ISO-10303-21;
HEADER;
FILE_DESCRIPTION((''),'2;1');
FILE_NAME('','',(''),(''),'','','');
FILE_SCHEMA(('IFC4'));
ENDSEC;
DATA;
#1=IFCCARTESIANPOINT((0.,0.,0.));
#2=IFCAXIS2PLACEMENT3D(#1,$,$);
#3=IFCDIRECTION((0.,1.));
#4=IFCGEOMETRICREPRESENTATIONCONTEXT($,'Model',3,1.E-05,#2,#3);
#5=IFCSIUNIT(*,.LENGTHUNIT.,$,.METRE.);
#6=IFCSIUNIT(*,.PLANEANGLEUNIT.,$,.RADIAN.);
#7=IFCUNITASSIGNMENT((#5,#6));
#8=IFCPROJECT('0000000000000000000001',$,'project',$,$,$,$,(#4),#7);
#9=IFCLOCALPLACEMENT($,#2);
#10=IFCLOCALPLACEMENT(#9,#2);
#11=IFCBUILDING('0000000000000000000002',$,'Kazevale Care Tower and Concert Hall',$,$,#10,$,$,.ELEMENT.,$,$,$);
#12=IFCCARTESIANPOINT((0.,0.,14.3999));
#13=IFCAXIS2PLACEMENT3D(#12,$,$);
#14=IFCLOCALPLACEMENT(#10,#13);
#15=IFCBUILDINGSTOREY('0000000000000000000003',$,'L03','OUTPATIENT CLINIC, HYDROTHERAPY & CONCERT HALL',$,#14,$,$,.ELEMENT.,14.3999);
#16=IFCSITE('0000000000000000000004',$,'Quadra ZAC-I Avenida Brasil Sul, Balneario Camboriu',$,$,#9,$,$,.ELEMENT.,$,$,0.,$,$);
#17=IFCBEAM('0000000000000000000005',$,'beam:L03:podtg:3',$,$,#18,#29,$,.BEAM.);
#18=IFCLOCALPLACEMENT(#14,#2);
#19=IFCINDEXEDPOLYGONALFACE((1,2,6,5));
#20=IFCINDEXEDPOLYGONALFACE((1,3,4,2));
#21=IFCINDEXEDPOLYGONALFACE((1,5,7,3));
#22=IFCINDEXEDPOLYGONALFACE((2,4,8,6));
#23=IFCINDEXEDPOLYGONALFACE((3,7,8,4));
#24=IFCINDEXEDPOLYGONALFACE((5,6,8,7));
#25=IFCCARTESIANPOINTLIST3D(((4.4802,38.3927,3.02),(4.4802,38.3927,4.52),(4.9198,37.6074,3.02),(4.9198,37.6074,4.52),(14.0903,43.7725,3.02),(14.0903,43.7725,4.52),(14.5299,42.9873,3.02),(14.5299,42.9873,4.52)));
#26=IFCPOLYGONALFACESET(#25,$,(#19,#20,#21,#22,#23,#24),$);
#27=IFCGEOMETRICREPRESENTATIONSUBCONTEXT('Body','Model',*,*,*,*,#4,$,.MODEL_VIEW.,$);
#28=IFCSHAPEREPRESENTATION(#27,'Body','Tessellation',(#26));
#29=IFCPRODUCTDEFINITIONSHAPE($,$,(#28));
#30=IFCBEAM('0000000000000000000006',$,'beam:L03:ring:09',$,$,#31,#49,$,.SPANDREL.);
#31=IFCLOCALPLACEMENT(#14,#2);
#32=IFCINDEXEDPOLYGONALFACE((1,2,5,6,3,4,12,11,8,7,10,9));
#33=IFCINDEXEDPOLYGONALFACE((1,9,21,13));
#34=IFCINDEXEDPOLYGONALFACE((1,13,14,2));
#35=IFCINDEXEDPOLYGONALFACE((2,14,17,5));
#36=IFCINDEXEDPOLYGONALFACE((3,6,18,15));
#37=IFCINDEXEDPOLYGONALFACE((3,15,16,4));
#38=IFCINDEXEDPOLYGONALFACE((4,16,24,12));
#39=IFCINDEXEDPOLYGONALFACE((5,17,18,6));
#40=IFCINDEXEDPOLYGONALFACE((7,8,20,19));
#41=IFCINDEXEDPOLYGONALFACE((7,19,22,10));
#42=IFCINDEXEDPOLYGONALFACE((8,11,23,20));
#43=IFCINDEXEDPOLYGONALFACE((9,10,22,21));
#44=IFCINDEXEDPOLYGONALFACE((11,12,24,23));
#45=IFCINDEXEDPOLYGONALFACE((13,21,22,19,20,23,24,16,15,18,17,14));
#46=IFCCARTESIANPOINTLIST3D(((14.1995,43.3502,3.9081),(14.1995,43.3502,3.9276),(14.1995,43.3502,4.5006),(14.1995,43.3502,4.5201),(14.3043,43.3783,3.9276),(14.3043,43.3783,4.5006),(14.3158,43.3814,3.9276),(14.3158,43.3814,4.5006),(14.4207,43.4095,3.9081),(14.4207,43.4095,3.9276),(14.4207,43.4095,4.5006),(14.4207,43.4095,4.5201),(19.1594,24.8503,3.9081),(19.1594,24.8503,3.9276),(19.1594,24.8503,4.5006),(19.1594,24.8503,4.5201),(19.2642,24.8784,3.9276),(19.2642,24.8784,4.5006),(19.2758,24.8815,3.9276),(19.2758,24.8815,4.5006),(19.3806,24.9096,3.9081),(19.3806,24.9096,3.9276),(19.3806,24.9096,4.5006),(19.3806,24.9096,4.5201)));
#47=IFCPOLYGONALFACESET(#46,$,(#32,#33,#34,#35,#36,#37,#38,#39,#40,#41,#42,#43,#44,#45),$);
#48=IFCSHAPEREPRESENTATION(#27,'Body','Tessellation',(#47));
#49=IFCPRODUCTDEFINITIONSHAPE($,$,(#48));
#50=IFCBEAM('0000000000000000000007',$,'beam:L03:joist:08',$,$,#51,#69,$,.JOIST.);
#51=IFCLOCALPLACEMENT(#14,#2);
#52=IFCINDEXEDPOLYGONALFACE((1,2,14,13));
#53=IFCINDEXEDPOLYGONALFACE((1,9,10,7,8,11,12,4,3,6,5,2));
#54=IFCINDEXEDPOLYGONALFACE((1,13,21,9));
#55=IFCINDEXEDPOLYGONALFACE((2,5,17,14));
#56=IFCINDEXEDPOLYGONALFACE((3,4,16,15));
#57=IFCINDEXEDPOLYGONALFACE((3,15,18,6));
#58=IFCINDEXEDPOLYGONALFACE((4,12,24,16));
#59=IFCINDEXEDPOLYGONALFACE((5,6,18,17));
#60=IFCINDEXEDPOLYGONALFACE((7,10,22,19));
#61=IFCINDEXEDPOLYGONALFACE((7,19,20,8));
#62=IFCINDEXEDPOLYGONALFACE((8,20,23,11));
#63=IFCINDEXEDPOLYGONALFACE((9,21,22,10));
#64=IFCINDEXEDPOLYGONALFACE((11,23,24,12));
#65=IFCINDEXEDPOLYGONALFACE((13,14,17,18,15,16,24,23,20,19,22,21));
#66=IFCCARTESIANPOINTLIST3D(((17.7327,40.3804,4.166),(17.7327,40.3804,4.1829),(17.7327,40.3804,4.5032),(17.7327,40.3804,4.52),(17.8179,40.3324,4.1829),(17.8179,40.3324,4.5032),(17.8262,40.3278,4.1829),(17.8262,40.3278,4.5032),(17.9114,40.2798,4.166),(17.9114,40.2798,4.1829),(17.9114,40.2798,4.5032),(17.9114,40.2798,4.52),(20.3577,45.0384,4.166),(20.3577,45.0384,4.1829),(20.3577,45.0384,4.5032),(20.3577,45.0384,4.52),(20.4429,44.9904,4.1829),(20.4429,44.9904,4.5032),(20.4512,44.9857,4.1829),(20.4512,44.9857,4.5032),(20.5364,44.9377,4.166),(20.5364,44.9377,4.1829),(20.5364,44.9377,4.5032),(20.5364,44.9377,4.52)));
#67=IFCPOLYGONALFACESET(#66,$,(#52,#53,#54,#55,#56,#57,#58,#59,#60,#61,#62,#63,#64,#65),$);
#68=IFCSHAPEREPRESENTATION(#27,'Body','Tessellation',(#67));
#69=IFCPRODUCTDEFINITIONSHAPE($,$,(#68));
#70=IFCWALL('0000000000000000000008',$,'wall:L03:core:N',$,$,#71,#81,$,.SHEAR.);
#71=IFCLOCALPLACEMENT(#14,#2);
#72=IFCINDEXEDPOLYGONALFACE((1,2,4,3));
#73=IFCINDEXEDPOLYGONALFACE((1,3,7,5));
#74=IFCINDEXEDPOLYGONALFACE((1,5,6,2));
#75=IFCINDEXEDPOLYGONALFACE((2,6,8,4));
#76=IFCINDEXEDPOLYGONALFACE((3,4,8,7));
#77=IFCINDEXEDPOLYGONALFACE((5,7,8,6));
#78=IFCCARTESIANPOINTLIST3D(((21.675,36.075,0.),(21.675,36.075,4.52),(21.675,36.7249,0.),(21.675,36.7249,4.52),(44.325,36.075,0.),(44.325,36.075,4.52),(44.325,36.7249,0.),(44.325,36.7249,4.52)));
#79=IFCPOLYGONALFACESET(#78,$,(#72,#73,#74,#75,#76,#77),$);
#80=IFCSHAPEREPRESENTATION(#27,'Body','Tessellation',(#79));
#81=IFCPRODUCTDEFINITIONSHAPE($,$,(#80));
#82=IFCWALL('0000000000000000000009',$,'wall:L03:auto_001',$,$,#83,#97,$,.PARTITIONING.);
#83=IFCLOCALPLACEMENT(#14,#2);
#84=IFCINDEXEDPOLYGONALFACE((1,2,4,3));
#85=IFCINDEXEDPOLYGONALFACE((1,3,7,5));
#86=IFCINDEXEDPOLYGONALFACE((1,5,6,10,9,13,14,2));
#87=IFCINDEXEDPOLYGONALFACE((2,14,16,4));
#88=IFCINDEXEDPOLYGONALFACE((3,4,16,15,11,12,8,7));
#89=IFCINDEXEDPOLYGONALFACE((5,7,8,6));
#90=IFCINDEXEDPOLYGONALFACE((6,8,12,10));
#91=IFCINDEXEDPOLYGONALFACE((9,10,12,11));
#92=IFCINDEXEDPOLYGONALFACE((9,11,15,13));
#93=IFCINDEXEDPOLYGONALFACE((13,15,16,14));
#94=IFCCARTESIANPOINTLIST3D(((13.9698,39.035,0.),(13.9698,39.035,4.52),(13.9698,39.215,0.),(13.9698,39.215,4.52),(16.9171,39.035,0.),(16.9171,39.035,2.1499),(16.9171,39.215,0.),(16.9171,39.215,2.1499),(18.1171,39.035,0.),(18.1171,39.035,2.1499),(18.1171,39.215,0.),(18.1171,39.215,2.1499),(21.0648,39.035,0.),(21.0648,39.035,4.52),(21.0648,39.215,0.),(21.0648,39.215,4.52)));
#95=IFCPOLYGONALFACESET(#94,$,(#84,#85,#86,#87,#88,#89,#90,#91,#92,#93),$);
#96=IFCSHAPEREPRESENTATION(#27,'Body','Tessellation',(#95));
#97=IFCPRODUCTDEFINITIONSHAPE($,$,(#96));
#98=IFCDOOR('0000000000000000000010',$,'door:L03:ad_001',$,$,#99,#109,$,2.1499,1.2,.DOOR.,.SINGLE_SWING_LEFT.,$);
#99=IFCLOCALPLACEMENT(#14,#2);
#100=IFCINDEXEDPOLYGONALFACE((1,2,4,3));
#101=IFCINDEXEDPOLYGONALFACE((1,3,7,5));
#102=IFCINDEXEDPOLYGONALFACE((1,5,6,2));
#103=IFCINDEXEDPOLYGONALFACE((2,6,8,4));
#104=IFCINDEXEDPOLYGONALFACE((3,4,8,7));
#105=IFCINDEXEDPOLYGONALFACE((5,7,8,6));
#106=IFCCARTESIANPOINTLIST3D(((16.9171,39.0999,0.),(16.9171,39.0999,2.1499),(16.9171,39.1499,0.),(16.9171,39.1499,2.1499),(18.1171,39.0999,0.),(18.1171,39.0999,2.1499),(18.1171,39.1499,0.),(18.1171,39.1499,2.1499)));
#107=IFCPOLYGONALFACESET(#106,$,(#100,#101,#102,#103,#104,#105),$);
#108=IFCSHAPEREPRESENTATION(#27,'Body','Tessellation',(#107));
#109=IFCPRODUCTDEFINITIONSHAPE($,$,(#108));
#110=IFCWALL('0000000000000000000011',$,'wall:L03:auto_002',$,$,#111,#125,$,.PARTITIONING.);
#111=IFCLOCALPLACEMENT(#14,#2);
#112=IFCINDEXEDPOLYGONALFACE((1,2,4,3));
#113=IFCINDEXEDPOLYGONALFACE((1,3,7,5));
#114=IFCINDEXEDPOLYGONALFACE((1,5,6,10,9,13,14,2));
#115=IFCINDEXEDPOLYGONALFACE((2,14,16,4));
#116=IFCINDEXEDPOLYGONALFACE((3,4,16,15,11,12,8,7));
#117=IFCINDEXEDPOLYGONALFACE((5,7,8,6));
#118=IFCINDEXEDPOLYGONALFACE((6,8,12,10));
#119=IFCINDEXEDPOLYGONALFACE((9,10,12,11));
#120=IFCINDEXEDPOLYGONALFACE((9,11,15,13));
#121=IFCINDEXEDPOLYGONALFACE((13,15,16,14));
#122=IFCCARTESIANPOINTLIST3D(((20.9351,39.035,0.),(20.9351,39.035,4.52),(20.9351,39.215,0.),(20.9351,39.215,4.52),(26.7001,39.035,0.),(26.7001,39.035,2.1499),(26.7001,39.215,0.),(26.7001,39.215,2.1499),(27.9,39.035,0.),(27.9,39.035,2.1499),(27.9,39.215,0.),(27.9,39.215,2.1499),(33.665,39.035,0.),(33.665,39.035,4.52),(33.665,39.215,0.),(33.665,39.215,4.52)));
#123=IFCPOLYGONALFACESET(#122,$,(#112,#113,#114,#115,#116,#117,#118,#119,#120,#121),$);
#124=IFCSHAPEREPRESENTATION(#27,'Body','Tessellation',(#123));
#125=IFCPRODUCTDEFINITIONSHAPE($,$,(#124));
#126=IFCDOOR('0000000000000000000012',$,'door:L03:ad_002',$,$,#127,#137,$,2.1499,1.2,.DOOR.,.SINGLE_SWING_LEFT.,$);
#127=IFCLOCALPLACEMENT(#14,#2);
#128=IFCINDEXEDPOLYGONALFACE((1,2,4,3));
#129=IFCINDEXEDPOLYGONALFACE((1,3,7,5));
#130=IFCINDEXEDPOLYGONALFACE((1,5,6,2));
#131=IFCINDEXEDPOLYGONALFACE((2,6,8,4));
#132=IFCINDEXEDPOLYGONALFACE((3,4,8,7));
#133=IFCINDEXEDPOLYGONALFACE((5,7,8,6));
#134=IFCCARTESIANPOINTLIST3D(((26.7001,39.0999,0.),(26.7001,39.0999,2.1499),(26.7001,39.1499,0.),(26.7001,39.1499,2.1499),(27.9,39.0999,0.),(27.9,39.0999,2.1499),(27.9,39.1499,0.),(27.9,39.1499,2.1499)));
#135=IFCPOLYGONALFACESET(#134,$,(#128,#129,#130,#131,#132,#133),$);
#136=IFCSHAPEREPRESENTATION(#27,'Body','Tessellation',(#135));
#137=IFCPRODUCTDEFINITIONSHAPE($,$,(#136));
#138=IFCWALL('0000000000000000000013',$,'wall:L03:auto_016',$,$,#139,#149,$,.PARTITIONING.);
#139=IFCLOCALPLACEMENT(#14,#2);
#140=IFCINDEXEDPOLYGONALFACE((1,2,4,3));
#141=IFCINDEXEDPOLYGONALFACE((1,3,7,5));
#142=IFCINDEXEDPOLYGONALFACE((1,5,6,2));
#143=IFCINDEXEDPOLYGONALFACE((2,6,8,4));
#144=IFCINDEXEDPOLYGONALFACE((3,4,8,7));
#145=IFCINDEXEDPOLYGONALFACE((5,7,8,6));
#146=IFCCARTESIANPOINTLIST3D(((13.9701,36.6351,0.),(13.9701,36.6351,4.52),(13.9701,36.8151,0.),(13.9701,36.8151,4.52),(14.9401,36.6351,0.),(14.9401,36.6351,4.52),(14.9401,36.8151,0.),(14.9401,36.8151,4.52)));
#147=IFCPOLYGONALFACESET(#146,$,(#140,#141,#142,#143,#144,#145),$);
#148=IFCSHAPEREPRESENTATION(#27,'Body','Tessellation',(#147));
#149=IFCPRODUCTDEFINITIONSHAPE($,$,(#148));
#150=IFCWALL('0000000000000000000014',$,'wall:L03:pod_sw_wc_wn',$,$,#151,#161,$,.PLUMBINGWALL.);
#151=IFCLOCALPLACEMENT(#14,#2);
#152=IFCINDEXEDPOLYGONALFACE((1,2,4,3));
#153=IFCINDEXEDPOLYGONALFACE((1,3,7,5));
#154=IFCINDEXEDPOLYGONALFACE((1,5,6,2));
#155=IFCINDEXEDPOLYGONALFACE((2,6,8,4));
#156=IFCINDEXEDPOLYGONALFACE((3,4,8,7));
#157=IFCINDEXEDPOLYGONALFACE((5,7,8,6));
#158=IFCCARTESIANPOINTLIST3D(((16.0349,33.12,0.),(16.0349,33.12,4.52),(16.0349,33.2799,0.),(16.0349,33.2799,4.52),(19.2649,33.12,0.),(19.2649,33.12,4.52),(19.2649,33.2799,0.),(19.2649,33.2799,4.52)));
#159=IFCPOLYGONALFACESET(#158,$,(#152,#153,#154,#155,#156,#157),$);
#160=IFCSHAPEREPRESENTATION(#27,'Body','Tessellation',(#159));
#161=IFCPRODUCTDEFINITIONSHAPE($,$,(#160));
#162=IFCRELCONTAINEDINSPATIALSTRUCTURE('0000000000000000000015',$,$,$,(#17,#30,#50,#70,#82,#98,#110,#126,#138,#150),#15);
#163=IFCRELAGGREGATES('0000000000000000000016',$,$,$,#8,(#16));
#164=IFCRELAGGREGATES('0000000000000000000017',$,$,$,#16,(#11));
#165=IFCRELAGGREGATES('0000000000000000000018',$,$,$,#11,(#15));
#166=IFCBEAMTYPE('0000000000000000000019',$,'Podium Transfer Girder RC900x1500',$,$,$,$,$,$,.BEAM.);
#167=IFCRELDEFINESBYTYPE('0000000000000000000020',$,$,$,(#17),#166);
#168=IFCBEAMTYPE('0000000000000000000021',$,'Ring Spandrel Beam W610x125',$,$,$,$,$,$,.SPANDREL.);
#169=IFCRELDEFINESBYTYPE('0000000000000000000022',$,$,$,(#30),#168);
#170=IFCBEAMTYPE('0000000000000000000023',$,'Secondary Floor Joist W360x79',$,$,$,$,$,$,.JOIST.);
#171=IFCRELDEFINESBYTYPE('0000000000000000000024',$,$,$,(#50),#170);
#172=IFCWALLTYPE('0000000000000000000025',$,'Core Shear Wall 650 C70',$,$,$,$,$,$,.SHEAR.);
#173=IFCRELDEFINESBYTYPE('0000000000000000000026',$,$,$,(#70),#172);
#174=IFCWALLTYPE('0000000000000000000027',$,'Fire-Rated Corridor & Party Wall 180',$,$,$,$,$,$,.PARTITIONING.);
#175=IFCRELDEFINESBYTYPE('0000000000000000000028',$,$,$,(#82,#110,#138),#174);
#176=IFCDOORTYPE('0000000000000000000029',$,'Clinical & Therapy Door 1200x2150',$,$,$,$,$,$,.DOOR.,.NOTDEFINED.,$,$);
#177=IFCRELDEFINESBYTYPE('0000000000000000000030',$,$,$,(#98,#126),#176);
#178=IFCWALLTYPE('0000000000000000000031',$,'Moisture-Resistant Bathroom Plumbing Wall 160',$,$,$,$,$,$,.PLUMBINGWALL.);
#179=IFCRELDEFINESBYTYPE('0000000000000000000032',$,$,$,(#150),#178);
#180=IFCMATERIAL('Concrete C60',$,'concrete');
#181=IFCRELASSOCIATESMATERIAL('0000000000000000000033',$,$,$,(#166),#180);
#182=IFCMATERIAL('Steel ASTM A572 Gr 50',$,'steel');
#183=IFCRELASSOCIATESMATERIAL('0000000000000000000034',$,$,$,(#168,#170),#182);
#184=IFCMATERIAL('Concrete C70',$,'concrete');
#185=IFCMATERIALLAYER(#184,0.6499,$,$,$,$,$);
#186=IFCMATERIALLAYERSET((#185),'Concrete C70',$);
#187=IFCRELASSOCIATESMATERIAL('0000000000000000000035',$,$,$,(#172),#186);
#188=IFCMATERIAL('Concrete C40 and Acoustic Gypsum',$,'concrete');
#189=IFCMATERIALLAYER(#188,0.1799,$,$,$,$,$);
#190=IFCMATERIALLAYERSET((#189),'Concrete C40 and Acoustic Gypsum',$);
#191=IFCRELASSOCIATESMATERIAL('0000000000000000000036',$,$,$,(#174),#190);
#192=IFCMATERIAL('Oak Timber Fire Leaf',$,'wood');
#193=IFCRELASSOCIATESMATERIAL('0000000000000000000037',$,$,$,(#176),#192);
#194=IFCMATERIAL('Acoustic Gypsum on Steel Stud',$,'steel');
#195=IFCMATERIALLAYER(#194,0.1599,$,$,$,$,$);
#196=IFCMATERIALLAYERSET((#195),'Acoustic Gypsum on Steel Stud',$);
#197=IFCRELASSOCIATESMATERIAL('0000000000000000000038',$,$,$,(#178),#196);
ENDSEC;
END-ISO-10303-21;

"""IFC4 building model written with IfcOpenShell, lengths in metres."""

from ifc_helpers import new_model, si_unit, direction, frame, frame_2d, origin, origin_2d, place, context, subcontext, project, spatial, rectangle, i_section, extrude, material, layer, layer_set, material_profile, profile_set, type_object, element, fill, save


model = new_model("IFC4")

# Units and contexts
model_context = context("Model", 3, precision=1e-05, world=origin(), true_north=direction((0.0, 1.0)))
body_context = subcontext(model_context, "Body", "Model", "MODEL_VIEW")
ifc_project = project(units=[si_unit("LENGTHUNIT", "METRE"), si_unit("PLANEANGLEUNIT", "RADIAN")], contexts=[model_context])

# Site, building, storey
site_placement = place(None, origin())
site = spatial("IfcSite", under=ifc_project, at=site_placement, Name="Quadra ZAC-I Avenida Brasil Sul, Balneario Camboriu", CompositionType="ELEMENT", RefElevation=0.0)
building_placement = place(site_placement, origin())
building = spatial("IfcBuilding", under=site, at=building_placement, Name="Kazevale Care Tower and Concert Hall", CompositionType="ELEMENT")
storey_placement = place(building_placement, frame((0.0, 0.0, 14.3999)))
storey = spatial("IfcBuildingStorey", under=building, at=storey_placement, Name="L03", Description="OUTPATIENT CLINIC, HYDROTHERAPY & CONCERT HALL", CompositionType="ELEMENT", Elevation=14.3999)

# Shared definitions
ifc_material_1 = material(Name="Concrete C70", Category="concrete")
ifc_material_2 = material(Name="Concrete C60", Category="concrete")

# Beams
ifc_material_3 = material(Name="Steel ASTM A572 Gr 50", Category="steel")
ifc_material_profile_1 = material_profile(ifc_material_2, rectangle(XDim=0.8999, YDim=1.5, at=origin_2d()), Name="RC-TG900x1500")
ifc_profile_set_1 = profile_set([ifc_material_profile_1], Name="Concrete C60")
beam_type_1 = type_object("IfcBeamType", Name="Podium Transfer Girder RC900x1500", PredefinedType="BEAM", material=ifc_profile_set_1)
beam_1_placement = place(storey_placement, frame((14.3101, 43.3799, 3.77), z_axis=(-0.872575, -0.488481, 0.0), x_axis=(0.488481, -0.872575, 0.0)))
element("IfcBeam", 1, at=beam_1_placement, inside=storey, type_object=beam_type_1, Name="beam:L03:podtg:3", PredefinedType="BEAM", context=body_context, shape_type="SweptSolid", body=[
    extrude(rectangle(XDim=0.8999, YDim=1.5, at=origin_2d()), origin(), (0.0, 0.0, 1.0), 11.0134),
])
ifc_material_profile_2 = material_profile(ifc_material_3, i_section(OverallWidth=0.229, OverallDepth=0.6121, WebThickness=0.012, FlangeThickness=0.0195, at=origin_2d()), Name="W610x125")
ifc_profile_set_2 = profile_set([ifc_material_profile_2], Name="Steel ASTM A572 Gr 50")
beam_type_2 = type_object("IfcBeamType", Name="Ring Spandrel Beam W610x125", PredefinedType="SPANDREL", material=ifc_profile_set_2)
beam_2_placement = place(storey_placement, frame((14.3101, 43.3799, 4.2141), z_axis=(0.25896, -0.965888, 0.0), x_axis=(0.965888, 0.25896, 0.0)))
element("IfcBeam", 2, at=beam_2_placement, inside=storey, type_object=beam_type_2, Name="beam:L03:ring:09", PredefinedType="SPANDREL", context=body_context, shape_type="SweptSolid", body=[
    extrude(i_section(OverallWidth=0.229, OverallDepth=0.6121, WebThickness=0.012, FlangeThickness=0.0195, at=origin_2d()), origin(), (0.0, 0.0, 1.0), 19.1533),
])
ifc_material_profile_3 = material_profile(ifc_material_3, i_section(OverallWidth=0.2051, OverallDepth=0.354, WebThickness=0.0095, FlangeThickness=0.0168, at=origin_2d()), Name="W360x79")
ifc_profile_set_3 = profile_set([ifc_material_profile_3], Name="Steel ASTM A572 Gr 50")
beam_type_3 = type_object("IfcBeamType", Name="Secondary Floor Joist W360x79", PredefinedType="JOIST", material=ifc_profile_set_3)
beam_3_placement = place(storey_placement, frame((20.447, 44.988, 4.343), z_axis=(-0.490957, -0.871184, 0.0), x_axis=(0.871184, -0.490957, 0.0)))
element("IfcBeam", 3, at=beam_3_placement, inside=storey, type_object=beam_type_3, Name="beam:L03:joist:08", PredefinedType="JOIST", context=body_context, shape_type="SweptSolid", body=[
    extrude(i_section(OverallWidth=0.2051, OverallDepth=0.354, WebThickness=0.0095, FlangeThickness=0.0168, at=origin_2d()), origin(), (0.0, 0.0, 1.0), 5.3467),
])

# Wall
ifc_layer_1 = layer(ifc_material_1, 0.6499)
ifc_layer_set_1 = layer_set([ifc_layer_1], Name="Concrete C70")
wall_type_1 = type_object("IfcWallType", Name="Core Shear Wall 650 C70", PredefinedType="SHEAR", material=ifc_layer_set_1)
wall_1_placement = place(storey_placement, frame((21.675, 36.3999, 0.0), z_axis=(0.0, 0.0, 1.0), x_axis=(1.0, 0.0, 0.0)))
element("IfcWall", 4, at=wall_1_placement, inside=storey, type_object=wall_type_1, Name="wall:L03:core:N", PredefinedType="SHEAR", context=body_context, shape_type="SweptSolid", body=[
    extrude(rectangle(XDim=22.6499, YDim=0.6499, at=frame_2d((11.325, 0.0))), origin(), (0.0, 0.0, 1.0), 4.52),
])

# Walls, openings, doors
ifc_material_4 = material(Name="Concrete C40 and Acoustic Gypsum", Category="concrete")
ifc_layer_2 = layer(ifc_material_4, 0.1799)
ifc_layer_set_2 = layer_set([ifc_layer_2], Name="Concrete C40 and Acoustic Gypsum")
wall_type_2 = type_object("IfcWallType", Name="Fire-Rated Corridor & Party Wall 180", PredefinedType="PARTITIONING", material=ifc_layer_set_2)
wall_2_placement = place(storey_placement, frame((13.97, 39.125, 0.0), z_axis=(0.0, 0.0, 1.0), x_axis=(1.0, 0.0, 0.0)))
wall_2 = element("IfcWall", 5, at=wall_2_placement, inside=storey, type_object=wall_type_2, Name="wall:L03:auto_001", PredefinedType="PARTITIONING", context=body_context, shape_type="SweptSolid", body=[
    extrude(rectangle(XDim=7.095, YDim=0.1799, at=frame_2d((3.5474, 0.0))), origin(), (0.0, 0.0, 1.0), 4.52),
])
opening_1_placement = place(wall_2_placement, frame((2.947, 0.0, 0.0)))
opening_1 = element("IfcOpeningElement", 6, at=opening_1_placement, cuts=wall_2, PredefinedType="OPENING", context=body_context, shape_type="SweptSolid", body=[
    extrude(rectangle(XDim=1.2, YDim=2.1499, at=frame_2d((0.6001, 1.075))), frame((0.0, 0.0999, 0.0), z_axis=(0.0, -1.0, 0.0), x_axis=(1.0, 0.0, 0.0)), (0.0, 0.0, 1.0), 0.2),
])
ifc_material_5 = material(Name="Oak Timber Fire Leaf", Category="wood")
door_type = type_object("IfcDoorType", Name="Clinical & Therapy Door 1200x2150", OperationType="NOTDEFINED", PredefinedType="DOOR", material=ifc_material_5)
door_1_placement = place(opening_1_placement, origin())
door_1 = element("IfcDoor", 7, at=door_1_placement, inside=storey, type_object=door_type, Name="door:L03:ad_001", OperationType="SINGLE_SWING_LEFT", OverallHeight=2.1499, OverallWidth=1.2, PredefinedType="DOOR", context=body_context, shape_type="SweptSolid", body=[
    extrude(rectangle(XDim=1.2, YDim=2.1499, at=frame_2d((0.6001, 1.075))), frame((0.0, 0.0249, 0.0), z_axis=(0.0, -1.0, 0.0), x_axis=(1.0, 0.0, 0.0)), (0.0, 0.0, 1.0), 0.05),
])
fill(opening_1, door_1)
wall_3_placement = place(storey_placement, frame((20.9351, 39.125, 0.0), z_axis=(0.0, 0.0, 1.0), x_axis=(1.0, 0.0, 0.0)))
wall_3 = element("IfcWall", 8, at=wall_3_placement, inside=storey, type_object=wall_type_2, Name="wall:L03:auto_002", PredefinedType="PARTITIONING", context=body_context, shape_type="SweptSolid", body=[
    extrude(rectangle(XDim=12.73, YDim=0.1799, at=frame_2d((6.365, 0.0))), origin(), (0.0, 0.0, 1.0), 4.52),
])
opening_2_placement = place(wall_3_placement, frame((5.7649, 0.0, 0.0)))
opening_2 = element("IfcOpeningElement", 9, at=opening_2_placement, cuts=wall_3, PredefinedType="OPENING", context=body_context, shape_type="SweptSolid", body=[
    extrude(rectangle(XDim=1.2, YDim=2.1499, at=frame_2d((0.6001, 1.075))), frame((0.0, 0.0999, 0.0), z_axis=(0.0, -1.0, 0.0), x_axis=(1.0, 0.0, 0.0)), (0.0, 0.0, 1.0), 0.2),
])
door_2_placement = place(opening_2_placement, origin())
door_2 = element("IfcDoor", 10, at=door_2_placement, inside=storey, type_object=door_type, Name="door:L03:ad_002", OperationType="SINGLE_SWING_LEFT", OverallHeight=2.1499, OverallWidth=1.2, PredefinedType="DOOR", context=body_context, shape_type="SweptSolid", body=[
    extrude(rectangle(XDim=1.2, YDim=2.1499, at=frame_2d((0.6001, 1.075))), frame((0.0, 0.0249, 0.0), z_axis=(0.0, -1.0, 0.0), x_axis=(1.0, 0.0, 0.0)), (0.0, 0.0, 1.0), 0.05),
])
fill(opening_2, door_2)

# Walls
wall_4_placement = place(storey_placement, frame((14.9399, 36.7251, 0.0), z_axis=(0.0, 0.0, 1.0), x_axis=(-1.0, 0.0, 0.0)))
element("IfcWall", 11, at=wall_4_placement, inside=storey, type_object=wall_type_2, Name="wall:L03:auto_016", PredefinedType="PARTITIONING", context=body_context, shape_type="SweptSolid", body=[
    extrude(rectangle(XDim=0.97, YDim=0.1799, at=frame_2d((0.4849, 0.0))), origin(), (0.0, 0.0, 1.0), 4.52),
])
ifc_material_6 = material(Name="Acoustic Gypsum on Steel Stud", Category="steel")
ifc_layer_3 = layer(ifc_material_6, 0.1599)
ifc_layer_set_3 = layer_set([ifc_layer_3], Name="Acoustic Gypsum on Steel Stud")
wall_type_3 = type_object("IfcWallType", Name="Moisture-Resistant Bathroom Plumbing Wall 160", PredefinedType="PLUMBINGWALL", material=ifc_layer_set_3)
wall_5_placement = place(storey_placement, frame((16.0349, 33.2, 0.0), z_axis=(0.0, 0.0, 1.0), x_axis=(1.0, 0.0, 0.0)))
element("IfcWall", 12, at=wall_5_placement, inside=storey, type_object=wall_type_3, Name="wall:L03:pod_sw_wc_wn", PredefinedType="PLUMBINGWALL", context=body_context, shape_type="SweptSolid", body=[
    extrude(rectangle(XDim=3.23, YDim=0.1599, at=frame_2d((1.615, 0.0))), origin(), (0.0, 0.0, 1.0), 4.52),
])

save(model, "model.ifc")
